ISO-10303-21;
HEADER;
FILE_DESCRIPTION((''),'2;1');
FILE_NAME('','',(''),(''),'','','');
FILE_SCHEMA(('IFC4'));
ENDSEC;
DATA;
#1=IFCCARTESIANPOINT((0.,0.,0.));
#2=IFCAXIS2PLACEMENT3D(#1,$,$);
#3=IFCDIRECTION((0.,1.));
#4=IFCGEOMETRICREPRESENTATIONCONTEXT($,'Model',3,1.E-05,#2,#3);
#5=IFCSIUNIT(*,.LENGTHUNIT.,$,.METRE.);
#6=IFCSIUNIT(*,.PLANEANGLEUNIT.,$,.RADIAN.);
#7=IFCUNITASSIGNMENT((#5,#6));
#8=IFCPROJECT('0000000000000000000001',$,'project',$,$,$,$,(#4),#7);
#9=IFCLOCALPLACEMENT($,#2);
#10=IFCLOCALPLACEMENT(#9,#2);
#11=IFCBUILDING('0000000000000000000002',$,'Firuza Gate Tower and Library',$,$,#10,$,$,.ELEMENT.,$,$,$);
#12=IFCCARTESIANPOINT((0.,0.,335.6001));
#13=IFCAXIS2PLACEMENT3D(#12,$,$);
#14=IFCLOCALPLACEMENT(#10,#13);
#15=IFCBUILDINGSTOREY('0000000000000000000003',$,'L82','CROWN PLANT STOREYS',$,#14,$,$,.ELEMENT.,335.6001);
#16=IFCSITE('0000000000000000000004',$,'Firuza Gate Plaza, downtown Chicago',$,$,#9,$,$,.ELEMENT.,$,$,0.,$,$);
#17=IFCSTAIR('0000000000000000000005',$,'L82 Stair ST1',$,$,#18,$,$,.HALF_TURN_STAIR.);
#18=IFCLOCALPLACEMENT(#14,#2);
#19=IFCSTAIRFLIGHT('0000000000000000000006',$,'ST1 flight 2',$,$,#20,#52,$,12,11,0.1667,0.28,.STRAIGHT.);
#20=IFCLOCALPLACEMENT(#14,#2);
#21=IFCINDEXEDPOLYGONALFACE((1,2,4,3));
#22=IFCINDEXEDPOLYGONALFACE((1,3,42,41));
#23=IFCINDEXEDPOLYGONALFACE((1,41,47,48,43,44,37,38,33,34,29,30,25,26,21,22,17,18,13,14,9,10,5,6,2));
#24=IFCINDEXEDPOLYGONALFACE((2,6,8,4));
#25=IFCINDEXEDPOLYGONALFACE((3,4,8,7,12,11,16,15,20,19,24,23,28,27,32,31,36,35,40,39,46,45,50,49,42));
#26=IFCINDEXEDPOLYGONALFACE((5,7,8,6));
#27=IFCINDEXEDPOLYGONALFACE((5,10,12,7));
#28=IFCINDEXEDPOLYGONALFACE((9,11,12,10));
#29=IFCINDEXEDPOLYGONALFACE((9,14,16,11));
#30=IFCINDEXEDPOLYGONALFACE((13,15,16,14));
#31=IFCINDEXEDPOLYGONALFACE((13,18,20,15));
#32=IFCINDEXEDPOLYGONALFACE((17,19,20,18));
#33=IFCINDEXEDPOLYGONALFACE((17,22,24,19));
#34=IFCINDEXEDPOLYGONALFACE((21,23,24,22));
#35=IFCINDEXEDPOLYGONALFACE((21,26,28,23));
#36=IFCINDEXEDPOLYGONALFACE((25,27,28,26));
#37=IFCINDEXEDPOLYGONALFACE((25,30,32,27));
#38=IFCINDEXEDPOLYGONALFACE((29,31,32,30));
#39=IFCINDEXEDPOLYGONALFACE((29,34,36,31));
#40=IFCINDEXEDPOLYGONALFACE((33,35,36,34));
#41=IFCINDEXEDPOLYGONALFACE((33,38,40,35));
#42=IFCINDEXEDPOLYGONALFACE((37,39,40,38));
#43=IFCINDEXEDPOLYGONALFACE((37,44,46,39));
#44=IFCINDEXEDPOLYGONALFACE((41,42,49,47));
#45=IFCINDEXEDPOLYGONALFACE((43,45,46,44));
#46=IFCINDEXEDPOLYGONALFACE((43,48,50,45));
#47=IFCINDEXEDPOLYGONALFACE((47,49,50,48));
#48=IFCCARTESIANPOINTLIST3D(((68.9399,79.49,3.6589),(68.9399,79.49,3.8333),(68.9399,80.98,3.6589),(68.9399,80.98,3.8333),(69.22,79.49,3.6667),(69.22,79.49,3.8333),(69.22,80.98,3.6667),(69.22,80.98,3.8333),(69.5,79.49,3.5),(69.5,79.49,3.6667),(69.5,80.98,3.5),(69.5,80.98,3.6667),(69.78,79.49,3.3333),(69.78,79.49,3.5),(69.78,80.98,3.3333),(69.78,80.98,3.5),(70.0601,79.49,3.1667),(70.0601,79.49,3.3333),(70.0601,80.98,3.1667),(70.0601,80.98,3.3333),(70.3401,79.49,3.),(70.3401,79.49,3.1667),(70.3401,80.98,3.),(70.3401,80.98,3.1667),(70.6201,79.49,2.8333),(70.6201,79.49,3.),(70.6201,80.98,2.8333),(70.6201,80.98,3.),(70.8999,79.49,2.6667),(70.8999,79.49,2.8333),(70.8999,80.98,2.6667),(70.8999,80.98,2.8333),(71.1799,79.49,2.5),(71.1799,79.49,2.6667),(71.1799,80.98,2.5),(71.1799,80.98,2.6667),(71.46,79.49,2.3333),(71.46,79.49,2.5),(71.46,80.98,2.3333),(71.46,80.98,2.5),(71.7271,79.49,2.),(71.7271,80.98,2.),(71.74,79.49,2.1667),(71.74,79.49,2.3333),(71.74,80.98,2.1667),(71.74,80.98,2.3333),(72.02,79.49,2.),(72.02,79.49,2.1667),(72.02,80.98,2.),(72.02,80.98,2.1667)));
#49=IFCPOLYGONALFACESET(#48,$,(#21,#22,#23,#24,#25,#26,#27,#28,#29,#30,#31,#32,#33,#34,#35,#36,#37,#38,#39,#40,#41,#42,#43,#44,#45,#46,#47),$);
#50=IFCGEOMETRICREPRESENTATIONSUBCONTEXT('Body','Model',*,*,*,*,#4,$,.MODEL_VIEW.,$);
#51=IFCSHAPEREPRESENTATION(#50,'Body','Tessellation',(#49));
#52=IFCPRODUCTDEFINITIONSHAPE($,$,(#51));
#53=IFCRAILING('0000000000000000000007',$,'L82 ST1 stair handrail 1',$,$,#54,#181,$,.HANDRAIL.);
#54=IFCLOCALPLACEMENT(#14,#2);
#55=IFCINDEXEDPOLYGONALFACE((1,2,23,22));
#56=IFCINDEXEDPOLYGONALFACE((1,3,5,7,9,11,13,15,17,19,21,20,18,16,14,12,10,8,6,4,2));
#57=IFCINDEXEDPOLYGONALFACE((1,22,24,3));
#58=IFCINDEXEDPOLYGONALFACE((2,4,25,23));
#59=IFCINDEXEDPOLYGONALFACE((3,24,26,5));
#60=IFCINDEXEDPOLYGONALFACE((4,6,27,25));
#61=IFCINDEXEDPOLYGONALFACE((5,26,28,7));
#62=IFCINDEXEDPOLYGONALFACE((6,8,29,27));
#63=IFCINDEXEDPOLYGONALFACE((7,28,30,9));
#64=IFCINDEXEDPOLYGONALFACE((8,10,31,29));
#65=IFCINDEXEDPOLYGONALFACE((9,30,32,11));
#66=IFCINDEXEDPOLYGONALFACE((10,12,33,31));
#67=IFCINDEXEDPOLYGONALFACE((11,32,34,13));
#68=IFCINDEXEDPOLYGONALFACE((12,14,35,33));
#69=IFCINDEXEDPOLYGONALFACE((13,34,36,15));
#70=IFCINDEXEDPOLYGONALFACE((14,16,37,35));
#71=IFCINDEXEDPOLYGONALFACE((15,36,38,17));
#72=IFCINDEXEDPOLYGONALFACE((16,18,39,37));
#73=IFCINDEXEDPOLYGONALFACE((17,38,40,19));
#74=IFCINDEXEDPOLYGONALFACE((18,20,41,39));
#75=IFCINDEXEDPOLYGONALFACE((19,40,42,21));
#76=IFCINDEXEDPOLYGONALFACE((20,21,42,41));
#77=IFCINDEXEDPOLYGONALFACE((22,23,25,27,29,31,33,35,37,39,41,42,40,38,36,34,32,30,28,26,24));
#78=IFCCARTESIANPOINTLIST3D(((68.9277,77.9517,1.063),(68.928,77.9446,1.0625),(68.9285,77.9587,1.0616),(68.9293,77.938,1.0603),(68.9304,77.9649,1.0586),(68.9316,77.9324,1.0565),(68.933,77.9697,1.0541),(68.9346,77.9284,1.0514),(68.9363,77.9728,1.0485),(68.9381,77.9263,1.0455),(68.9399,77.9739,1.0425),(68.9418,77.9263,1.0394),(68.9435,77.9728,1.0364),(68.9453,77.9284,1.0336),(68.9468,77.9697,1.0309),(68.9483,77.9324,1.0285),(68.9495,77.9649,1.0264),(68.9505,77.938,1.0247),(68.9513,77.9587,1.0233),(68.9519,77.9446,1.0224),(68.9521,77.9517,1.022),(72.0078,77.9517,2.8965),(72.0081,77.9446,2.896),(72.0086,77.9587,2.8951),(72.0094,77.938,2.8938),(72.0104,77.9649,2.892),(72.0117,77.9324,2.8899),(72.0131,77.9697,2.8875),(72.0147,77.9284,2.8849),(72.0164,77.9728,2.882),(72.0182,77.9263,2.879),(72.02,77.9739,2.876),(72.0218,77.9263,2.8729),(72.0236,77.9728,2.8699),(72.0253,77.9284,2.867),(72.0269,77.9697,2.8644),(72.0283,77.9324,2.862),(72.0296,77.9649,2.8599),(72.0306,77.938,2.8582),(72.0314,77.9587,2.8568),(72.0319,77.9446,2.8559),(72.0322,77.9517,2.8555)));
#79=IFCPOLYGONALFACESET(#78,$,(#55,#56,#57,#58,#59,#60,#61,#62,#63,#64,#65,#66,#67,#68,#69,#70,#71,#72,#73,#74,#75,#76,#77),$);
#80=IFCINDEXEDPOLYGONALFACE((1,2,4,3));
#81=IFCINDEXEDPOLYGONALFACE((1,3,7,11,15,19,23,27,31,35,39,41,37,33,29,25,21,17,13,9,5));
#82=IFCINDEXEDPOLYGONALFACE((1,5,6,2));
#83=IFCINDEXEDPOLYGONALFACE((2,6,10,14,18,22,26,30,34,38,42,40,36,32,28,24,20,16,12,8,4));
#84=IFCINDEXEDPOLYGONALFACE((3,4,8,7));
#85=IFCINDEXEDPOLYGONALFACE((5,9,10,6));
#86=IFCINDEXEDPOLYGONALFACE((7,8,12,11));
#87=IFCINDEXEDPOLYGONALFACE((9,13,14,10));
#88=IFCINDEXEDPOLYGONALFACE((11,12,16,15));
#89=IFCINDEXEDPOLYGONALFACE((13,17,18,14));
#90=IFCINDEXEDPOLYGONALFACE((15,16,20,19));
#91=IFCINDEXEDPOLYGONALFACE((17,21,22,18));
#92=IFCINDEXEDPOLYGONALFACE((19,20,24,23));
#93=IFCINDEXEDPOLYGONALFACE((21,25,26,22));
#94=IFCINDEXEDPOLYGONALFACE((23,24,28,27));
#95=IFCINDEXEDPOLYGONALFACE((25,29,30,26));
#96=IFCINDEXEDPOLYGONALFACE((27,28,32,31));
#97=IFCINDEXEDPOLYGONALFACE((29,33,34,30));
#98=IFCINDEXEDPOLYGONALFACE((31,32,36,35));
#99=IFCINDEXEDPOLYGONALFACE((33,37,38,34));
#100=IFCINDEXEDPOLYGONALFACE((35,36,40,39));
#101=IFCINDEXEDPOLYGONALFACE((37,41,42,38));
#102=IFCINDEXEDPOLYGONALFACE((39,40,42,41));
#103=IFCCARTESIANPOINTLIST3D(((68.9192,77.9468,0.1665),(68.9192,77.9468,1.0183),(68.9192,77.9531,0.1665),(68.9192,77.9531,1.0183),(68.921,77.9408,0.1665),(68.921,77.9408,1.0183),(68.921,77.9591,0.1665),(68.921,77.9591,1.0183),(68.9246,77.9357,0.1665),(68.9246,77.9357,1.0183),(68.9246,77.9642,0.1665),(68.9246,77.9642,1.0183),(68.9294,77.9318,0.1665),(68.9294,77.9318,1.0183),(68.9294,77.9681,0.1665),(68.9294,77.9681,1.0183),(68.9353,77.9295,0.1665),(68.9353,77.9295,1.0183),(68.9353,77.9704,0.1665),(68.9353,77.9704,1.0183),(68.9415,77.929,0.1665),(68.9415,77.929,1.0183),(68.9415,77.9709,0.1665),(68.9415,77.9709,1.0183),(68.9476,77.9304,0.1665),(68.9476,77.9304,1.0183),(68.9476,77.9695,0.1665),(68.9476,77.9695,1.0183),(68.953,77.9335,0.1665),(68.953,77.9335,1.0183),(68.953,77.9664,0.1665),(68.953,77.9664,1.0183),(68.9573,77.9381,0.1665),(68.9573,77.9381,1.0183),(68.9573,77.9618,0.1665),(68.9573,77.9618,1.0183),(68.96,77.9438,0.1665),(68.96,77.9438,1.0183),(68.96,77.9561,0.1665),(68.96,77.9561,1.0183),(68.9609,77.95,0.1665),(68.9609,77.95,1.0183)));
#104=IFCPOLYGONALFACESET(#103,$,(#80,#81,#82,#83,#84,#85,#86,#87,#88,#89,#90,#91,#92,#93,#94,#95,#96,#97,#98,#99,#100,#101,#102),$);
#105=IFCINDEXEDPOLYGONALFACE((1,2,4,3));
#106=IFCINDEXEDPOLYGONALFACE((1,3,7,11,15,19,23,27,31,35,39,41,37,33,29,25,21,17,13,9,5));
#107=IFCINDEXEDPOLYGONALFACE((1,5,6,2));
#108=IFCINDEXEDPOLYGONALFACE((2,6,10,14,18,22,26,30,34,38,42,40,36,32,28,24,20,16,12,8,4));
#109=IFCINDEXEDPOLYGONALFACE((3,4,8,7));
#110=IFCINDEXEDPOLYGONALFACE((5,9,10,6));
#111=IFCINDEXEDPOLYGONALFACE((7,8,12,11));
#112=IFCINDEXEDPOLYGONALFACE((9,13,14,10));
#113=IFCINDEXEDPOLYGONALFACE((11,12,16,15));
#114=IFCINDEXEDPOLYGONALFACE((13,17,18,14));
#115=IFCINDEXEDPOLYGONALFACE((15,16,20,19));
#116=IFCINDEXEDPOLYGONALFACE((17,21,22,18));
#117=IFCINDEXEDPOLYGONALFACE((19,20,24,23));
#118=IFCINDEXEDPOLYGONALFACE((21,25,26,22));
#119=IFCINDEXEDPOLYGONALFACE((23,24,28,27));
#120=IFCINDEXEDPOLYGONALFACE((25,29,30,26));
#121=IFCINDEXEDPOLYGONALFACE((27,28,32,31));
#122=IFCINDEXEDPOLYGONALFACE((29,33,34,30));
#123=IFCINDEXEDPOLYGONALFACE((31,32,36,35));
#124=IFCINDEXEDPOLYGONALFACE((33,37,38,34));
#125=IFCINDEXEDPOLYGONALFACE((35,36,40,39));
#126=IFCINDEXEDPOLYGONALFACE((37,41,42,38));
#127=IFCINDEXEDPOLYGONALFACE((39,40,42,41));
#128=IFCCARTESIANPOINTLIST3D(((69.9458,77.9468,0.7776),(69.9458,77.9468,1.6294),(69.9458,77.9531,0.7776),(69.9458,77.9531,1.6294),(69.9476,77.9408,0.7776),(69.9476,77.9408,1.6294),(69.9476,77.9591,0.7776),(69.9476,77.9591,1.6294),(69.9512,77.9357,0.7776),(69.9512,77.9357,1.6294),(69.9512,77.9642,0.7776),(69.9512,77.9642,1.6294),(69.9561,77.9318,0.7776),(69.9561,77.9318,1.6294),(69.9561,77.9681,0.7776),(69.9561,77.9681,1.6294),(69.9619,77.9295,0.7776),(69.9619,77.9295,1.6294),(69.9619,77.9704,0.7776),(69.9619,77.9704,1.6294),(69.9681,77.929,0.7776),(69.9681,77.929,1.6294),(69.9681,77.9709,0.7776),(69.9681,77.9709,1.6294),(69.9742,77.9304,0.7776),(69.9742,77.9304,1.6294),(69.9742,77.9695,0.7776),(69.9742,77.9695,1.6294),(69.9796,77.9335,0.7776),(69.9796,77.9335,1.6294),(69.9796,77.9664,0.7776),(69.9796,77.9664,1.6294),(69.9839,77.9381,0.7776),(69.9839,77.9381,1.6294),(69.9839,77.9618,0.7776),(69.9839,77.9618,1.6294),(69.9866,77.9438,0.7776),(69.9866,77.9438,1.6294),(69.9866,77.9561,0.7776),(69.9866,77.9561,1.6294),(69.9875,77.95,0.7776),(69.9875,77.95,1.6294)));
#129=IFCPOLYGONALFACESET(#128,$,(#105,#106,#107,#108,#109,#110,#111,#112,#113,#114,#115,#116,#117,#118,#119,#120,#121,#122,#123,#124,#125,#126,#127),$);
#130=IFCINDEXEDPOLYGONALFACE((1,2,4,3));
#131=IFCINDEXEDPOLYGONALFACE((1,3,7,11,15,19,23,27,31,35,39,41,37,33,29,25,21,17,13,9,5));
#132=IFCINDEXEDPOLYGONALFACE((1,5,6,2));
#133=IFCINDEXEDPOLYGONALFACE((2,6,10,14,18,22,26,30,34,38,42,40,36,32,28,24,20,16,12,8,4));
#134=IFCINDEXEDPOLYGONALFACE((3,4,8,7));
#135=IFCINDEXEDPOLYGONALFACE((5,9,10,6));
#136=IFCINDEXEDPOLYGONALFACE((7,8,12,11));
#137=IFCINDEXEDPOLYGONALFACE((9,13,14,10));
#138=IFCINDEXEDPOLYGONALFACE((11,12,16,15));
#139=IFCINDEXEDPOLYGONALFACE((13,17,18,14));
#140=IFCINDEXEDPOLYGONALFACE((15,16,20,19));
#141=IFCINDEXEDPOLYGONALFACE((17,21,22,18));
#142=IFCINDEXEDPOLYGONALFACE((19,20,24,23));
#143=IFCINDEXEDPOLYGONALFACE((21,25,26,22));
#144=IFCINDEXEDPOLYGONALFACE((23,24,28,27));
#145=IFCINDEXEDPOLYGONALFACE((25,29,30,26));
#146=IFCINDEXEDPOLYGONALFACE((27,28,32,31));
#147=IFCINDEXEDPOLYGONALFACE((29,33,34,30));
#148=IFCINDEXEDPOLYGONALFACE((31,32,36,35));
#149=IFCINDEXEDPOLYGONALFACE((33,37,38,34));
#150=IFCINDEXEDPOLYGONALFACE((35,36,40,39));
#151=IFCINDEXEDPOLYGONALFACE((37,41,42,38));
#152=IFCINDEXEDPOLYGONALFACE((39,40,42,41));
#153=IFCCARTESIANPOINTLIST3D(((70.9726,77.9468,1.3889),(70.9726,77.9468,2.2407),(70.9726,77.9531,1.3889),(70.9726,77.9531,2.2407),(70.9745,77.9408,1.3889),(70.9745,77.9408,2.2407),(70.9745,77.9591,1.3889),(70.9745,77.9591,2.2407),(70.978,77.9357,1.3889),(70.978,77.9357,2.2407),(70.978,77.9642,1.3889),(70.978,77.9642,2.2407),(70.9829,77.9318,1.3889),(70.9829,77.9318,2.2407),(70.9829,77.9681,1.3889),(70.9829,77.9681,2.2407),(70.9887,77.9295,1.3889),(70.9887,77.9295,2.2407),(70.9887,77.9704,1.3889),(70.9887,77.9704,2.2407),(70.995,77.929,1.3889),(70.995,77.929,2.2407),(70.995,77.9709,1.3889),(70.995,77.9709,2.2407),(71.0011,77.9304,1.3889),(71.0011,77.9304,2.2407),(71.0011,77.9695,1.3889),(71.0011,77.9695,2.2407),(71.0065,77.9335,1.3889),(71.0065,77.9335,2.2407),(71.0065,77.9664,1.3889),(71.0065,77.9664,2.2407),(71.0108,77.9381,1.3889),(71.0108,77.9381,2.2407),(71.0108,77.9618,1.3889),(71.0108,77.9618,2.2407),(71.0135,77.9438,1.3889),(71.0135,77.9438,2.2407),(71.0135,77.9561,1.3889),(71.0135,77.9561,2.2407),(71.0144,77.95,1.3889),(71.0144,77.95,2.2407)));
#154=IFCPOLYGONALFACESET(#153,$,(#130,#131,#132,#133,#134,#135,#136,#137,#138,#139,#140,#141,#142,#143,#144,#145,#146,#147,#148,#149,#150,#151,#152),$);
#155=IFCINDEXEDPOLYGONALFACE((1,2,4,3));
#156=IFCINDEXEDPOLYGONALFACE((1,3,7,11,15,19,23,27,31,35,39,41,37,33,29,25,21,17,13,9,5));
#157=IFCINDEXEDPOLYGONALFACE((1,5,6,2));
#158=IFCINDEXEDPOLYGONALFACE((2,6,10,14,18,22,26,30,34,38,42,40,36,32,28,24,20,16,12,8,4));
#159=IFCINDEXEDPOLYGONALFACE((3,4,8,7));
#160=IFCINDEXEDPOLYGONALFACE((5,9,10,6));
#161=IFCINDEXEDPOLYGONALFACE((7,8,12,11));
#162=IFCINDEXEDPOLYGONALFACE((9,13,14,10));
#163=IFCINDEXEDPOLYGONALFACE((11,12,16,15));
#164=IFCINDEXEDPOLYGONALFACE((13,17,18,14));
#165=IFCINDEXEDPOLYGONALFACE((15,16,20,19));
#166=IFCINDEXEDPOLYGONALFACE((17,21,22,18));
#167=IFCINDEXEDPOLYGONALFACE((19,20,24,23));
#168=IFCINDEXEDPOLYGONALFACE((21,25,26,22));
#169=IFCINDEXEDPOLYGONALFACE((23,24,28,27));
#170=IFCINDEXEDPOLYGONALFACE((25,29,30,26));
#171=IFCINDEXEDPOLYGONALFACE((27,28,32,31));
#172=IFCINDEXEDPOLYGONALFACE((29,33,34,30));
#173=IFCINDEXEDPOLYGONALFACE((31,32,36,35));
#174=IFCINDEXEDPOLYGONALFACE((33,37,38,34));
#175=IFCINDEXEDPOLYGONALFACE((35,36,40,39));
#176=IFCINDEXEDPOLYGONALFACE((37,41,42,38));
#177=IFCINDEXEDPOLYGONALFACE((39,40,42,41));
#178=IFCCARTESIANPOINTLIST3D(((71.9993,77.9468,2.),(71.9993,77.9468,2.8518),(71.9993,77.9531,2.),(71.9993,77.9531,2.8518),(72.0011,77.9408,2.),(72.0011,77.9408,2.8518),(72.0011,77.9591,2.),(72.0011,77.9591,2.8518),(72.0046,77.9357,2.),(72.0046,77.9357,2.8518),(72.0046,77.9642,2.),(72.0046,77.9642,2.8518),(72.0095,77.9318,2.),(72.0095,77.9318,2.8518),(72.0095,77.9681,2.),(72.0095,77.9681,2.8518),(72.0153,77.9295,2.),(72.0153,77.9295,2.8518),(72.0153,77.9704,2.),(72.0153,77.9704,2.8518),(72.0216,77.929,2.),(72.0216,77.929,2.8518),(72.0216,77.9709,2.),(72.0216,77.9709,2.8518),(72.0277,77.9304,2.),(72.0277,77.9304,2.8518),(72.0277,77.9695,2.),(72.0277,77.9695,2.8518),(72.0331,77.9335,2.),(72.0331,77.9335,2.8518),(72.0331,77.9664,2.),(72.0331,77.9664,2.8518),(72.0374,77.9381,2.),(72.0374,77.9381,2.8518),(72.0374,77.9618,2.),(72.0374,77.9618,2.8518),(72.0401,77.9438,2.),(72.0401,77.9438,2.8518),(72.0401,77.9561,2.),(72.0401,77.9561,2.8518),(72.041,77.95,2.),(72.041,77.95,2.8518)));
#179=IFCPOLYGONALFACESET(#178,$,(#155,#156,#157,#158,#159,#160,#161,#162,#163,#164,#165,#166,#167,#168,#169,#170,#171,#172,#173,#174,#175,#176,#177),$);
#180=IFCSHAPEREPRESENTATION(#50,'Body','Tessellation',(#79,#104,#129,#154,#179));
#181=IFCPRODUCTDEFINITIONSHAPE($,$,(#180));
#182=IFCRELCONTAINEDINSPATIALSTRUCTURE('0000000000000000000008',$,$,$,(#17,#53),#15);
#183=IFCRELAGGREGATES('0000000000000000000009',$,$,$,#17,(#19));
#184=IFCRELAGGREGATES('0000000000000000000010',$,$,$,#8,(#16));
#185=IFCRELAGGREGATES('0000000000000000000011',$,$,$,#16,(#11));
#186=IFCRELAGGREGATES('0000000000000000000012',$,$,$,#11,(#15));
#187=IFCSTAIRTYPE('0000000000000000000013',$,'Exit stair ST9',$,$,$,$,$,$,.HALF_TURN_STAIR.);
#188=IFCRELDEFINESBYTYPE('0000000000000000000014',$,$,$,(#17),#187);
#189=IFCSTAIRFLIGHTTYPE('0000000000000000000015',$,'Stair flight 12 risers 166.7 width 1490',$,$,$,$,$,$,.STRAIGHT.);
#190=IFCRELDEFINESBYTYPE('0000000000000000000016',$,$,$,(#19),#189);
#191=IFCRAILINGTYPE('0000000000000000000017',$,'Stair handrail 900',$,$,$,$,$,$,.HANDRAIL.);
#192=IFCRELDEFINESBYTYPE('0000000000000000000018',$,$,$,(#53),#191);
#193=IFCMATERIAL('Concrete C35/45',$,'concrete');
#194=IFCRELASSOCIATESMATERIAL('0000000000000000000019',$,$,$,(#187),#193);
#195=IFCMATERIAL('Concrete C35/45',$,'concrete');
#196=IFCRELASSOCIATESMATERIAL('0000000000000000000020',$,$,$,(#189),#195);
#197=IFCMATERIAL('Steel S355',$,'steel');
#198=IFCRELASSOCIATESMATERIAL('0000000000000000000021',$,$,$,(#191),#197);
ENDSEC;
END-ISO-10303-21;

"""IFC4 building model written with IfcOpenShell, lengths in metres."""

from ifc_helpers import new_model, si_unit, direction, frame, origin, origin_2d, place, context, subcontext, project, spatial, polyline, circle, outline, extrude, material, type_object, element, aggregate, save


model = new_model("IFC4")

# Units and contexts
model_context = context("Model", 3, precision=1e-05, world=origin(), true_north=direction((0.0, 1.0)))
body_context = subcontext(model_context, "Body", "Model", "MODEL_VIEW")
ifc_project = project(units=[si_unit("LENGTHUNIT", "METRE"), si_unit("PLANEANGLEUNIT", "RADIAN")], contexts=[model_context])

# Site, building, storey
site_placement = place(None, origin())
site = spatial("IfcSite", under=ifc_project, at=site_placement, Name="Firuza Gate Plaza, downtown Chicago", CompositionType="ELEMENT", RefElevation=0.0)
building_placement = place(site_placement, origin())
building = spatial("IfcBuilding", under=site, at=building_placement, Name="Firuza Gate Tower and Library", CompositionType="ELEMENT")
storey_placement = place(building_placement, frame((0.0, 0.0, 335.6001)))
storey = spatial("IfcBuildingStorey", under=building, at=storey_placement, Name="L82", Description="CROWN PLANT STOREYS", CompositionType="ELEMENT", Elevation=335.6001)

# Shared definitions
placement = place(storey_placement, origin())

# Stair, stair flight
ifc_material_1 = material(Name="Concrete C35/45", Category="concrete")
stair_type = type_object("IfcStairType", Name="Exit stair ST9", PredefinedType="HALF_TURN_STAIR", material=ifc_material_1)
stair = element("IfcStair", 1, at=placement, inside=storey, type_object=stair_type, Name="L82 Stair ST1", PredefinedType="HALF_TURN_STAIR")
ifc_material_2 = material(Name="Concrete C35/45", Category="concrete")
stair_flight_type = type_object("IfcStairFlightType", Name="Stair flight 12 risers 166.7 width 1490", PredefinedType="STRAIGHT", material=ifc_material_2)
stair_flight_1_placement = place(storey_placement, frame((72.02, 80.2351, 2.0), z_axis=(0.0, 0.0, 1.0), x_axis=(-1.0, 0.0, 0.0)))
stair_flight_1 = element("IfcStairFlight", 2, at=stair_flight_1_placement, type_object=stair_flight_type, Name="ST1 flight 2", NumberOfRisers=12, NumberOfTreads=11, PredefinedType="STRAIGHT", RiserHeight=0.1667, TreadLength=0.28, context=body_context, shape_type="SweptSolid", body=[
    extrude(outline(polyline([(0.0, 0.0), (0.0, 0.1667), (0.28, 0.1667), (0.28, 0.3333), (0.5601, 0.3333), (0.5601, 0.5), (0.8401, 0.5), (0.8401, 0.6667), (1.1201, 0.6667), (1.1201, 0.8333), (1.3999, 0.8333), (1.3999, 1.0), (1.6799, 1.0), (1.6799, 1.1667), (1.96, 1.1667), (1.96, 1.3333), (2.24, 1.3333), (2.24, 1.5), (2.52, 1.5), (2.52, 1.6667), (2.8, 1.6667), (2.8, 1.8333), (3.0801, 1.8333), (3.0801, 2.0), (3.0801, 1.6589), (0.293, 0.0), (0.0, 0.0)])), frame((0.0, 0.7451, 0.0), z_axis=(0.0, -1.0, 0.0), x_axis=(1.0, 0.0, 0.0)), (0.0, 0.0, 1.0), 1.49),
])
aggregate(stair, [stair_flight_1])

# Railing
ifc_material_3 = material(Name="Steel S355", Category="steel")
railing_type_1 = type_object("IfcRailingType", Name="Stair handrail 900", PredefinedType="HANDRAIL", material=ifc_material_3)
railing_1_placement = place(storey_placement, frame((68.9399, 77.95, 0.1665)))
element("IfcRailing", 3, at=railing_1_placement, inside=storey, type_object=railing_type_1, Name="L82 ST1 stair handrail 1", PredefinedType="HANDRAIL", context=body_context, shape_type="SweptSolid", body=[
    extrude(circle(Radius=0.0239, at=origin_2d()), frame((0.0, 0.0, 0.876), z_axis=(0.859279, 0.0, 0.511508), x_axis=(0.0, 1.0, 0.0)), (0.0, 0.0, 1.0), 3.5845),
    extrude(circle(Radius=0.021, at=origin_2d()), origin(), (0.0, 0.0, 1.0), 0.8518),
    extrude(circle(Radius=0.021, at=origin_2d()), frame((1.0266, 0.0, 0.6111)), (0.0, 0.0, 1.0), 0.8518),
    extrude(circle(Radius=0.021, at=origin_2d()), frame((2.0535, 0.0, 1.2224)), (0.0, 0.0, 1.0), 0.8518),
    extrude(circle(Radius=0.021, at=origin_2d()), frame((3.0801, 0.0, 1.8335)), (0.0, 0.0, 1.0), 0.8518),
])

save(model, "model.ifc")
